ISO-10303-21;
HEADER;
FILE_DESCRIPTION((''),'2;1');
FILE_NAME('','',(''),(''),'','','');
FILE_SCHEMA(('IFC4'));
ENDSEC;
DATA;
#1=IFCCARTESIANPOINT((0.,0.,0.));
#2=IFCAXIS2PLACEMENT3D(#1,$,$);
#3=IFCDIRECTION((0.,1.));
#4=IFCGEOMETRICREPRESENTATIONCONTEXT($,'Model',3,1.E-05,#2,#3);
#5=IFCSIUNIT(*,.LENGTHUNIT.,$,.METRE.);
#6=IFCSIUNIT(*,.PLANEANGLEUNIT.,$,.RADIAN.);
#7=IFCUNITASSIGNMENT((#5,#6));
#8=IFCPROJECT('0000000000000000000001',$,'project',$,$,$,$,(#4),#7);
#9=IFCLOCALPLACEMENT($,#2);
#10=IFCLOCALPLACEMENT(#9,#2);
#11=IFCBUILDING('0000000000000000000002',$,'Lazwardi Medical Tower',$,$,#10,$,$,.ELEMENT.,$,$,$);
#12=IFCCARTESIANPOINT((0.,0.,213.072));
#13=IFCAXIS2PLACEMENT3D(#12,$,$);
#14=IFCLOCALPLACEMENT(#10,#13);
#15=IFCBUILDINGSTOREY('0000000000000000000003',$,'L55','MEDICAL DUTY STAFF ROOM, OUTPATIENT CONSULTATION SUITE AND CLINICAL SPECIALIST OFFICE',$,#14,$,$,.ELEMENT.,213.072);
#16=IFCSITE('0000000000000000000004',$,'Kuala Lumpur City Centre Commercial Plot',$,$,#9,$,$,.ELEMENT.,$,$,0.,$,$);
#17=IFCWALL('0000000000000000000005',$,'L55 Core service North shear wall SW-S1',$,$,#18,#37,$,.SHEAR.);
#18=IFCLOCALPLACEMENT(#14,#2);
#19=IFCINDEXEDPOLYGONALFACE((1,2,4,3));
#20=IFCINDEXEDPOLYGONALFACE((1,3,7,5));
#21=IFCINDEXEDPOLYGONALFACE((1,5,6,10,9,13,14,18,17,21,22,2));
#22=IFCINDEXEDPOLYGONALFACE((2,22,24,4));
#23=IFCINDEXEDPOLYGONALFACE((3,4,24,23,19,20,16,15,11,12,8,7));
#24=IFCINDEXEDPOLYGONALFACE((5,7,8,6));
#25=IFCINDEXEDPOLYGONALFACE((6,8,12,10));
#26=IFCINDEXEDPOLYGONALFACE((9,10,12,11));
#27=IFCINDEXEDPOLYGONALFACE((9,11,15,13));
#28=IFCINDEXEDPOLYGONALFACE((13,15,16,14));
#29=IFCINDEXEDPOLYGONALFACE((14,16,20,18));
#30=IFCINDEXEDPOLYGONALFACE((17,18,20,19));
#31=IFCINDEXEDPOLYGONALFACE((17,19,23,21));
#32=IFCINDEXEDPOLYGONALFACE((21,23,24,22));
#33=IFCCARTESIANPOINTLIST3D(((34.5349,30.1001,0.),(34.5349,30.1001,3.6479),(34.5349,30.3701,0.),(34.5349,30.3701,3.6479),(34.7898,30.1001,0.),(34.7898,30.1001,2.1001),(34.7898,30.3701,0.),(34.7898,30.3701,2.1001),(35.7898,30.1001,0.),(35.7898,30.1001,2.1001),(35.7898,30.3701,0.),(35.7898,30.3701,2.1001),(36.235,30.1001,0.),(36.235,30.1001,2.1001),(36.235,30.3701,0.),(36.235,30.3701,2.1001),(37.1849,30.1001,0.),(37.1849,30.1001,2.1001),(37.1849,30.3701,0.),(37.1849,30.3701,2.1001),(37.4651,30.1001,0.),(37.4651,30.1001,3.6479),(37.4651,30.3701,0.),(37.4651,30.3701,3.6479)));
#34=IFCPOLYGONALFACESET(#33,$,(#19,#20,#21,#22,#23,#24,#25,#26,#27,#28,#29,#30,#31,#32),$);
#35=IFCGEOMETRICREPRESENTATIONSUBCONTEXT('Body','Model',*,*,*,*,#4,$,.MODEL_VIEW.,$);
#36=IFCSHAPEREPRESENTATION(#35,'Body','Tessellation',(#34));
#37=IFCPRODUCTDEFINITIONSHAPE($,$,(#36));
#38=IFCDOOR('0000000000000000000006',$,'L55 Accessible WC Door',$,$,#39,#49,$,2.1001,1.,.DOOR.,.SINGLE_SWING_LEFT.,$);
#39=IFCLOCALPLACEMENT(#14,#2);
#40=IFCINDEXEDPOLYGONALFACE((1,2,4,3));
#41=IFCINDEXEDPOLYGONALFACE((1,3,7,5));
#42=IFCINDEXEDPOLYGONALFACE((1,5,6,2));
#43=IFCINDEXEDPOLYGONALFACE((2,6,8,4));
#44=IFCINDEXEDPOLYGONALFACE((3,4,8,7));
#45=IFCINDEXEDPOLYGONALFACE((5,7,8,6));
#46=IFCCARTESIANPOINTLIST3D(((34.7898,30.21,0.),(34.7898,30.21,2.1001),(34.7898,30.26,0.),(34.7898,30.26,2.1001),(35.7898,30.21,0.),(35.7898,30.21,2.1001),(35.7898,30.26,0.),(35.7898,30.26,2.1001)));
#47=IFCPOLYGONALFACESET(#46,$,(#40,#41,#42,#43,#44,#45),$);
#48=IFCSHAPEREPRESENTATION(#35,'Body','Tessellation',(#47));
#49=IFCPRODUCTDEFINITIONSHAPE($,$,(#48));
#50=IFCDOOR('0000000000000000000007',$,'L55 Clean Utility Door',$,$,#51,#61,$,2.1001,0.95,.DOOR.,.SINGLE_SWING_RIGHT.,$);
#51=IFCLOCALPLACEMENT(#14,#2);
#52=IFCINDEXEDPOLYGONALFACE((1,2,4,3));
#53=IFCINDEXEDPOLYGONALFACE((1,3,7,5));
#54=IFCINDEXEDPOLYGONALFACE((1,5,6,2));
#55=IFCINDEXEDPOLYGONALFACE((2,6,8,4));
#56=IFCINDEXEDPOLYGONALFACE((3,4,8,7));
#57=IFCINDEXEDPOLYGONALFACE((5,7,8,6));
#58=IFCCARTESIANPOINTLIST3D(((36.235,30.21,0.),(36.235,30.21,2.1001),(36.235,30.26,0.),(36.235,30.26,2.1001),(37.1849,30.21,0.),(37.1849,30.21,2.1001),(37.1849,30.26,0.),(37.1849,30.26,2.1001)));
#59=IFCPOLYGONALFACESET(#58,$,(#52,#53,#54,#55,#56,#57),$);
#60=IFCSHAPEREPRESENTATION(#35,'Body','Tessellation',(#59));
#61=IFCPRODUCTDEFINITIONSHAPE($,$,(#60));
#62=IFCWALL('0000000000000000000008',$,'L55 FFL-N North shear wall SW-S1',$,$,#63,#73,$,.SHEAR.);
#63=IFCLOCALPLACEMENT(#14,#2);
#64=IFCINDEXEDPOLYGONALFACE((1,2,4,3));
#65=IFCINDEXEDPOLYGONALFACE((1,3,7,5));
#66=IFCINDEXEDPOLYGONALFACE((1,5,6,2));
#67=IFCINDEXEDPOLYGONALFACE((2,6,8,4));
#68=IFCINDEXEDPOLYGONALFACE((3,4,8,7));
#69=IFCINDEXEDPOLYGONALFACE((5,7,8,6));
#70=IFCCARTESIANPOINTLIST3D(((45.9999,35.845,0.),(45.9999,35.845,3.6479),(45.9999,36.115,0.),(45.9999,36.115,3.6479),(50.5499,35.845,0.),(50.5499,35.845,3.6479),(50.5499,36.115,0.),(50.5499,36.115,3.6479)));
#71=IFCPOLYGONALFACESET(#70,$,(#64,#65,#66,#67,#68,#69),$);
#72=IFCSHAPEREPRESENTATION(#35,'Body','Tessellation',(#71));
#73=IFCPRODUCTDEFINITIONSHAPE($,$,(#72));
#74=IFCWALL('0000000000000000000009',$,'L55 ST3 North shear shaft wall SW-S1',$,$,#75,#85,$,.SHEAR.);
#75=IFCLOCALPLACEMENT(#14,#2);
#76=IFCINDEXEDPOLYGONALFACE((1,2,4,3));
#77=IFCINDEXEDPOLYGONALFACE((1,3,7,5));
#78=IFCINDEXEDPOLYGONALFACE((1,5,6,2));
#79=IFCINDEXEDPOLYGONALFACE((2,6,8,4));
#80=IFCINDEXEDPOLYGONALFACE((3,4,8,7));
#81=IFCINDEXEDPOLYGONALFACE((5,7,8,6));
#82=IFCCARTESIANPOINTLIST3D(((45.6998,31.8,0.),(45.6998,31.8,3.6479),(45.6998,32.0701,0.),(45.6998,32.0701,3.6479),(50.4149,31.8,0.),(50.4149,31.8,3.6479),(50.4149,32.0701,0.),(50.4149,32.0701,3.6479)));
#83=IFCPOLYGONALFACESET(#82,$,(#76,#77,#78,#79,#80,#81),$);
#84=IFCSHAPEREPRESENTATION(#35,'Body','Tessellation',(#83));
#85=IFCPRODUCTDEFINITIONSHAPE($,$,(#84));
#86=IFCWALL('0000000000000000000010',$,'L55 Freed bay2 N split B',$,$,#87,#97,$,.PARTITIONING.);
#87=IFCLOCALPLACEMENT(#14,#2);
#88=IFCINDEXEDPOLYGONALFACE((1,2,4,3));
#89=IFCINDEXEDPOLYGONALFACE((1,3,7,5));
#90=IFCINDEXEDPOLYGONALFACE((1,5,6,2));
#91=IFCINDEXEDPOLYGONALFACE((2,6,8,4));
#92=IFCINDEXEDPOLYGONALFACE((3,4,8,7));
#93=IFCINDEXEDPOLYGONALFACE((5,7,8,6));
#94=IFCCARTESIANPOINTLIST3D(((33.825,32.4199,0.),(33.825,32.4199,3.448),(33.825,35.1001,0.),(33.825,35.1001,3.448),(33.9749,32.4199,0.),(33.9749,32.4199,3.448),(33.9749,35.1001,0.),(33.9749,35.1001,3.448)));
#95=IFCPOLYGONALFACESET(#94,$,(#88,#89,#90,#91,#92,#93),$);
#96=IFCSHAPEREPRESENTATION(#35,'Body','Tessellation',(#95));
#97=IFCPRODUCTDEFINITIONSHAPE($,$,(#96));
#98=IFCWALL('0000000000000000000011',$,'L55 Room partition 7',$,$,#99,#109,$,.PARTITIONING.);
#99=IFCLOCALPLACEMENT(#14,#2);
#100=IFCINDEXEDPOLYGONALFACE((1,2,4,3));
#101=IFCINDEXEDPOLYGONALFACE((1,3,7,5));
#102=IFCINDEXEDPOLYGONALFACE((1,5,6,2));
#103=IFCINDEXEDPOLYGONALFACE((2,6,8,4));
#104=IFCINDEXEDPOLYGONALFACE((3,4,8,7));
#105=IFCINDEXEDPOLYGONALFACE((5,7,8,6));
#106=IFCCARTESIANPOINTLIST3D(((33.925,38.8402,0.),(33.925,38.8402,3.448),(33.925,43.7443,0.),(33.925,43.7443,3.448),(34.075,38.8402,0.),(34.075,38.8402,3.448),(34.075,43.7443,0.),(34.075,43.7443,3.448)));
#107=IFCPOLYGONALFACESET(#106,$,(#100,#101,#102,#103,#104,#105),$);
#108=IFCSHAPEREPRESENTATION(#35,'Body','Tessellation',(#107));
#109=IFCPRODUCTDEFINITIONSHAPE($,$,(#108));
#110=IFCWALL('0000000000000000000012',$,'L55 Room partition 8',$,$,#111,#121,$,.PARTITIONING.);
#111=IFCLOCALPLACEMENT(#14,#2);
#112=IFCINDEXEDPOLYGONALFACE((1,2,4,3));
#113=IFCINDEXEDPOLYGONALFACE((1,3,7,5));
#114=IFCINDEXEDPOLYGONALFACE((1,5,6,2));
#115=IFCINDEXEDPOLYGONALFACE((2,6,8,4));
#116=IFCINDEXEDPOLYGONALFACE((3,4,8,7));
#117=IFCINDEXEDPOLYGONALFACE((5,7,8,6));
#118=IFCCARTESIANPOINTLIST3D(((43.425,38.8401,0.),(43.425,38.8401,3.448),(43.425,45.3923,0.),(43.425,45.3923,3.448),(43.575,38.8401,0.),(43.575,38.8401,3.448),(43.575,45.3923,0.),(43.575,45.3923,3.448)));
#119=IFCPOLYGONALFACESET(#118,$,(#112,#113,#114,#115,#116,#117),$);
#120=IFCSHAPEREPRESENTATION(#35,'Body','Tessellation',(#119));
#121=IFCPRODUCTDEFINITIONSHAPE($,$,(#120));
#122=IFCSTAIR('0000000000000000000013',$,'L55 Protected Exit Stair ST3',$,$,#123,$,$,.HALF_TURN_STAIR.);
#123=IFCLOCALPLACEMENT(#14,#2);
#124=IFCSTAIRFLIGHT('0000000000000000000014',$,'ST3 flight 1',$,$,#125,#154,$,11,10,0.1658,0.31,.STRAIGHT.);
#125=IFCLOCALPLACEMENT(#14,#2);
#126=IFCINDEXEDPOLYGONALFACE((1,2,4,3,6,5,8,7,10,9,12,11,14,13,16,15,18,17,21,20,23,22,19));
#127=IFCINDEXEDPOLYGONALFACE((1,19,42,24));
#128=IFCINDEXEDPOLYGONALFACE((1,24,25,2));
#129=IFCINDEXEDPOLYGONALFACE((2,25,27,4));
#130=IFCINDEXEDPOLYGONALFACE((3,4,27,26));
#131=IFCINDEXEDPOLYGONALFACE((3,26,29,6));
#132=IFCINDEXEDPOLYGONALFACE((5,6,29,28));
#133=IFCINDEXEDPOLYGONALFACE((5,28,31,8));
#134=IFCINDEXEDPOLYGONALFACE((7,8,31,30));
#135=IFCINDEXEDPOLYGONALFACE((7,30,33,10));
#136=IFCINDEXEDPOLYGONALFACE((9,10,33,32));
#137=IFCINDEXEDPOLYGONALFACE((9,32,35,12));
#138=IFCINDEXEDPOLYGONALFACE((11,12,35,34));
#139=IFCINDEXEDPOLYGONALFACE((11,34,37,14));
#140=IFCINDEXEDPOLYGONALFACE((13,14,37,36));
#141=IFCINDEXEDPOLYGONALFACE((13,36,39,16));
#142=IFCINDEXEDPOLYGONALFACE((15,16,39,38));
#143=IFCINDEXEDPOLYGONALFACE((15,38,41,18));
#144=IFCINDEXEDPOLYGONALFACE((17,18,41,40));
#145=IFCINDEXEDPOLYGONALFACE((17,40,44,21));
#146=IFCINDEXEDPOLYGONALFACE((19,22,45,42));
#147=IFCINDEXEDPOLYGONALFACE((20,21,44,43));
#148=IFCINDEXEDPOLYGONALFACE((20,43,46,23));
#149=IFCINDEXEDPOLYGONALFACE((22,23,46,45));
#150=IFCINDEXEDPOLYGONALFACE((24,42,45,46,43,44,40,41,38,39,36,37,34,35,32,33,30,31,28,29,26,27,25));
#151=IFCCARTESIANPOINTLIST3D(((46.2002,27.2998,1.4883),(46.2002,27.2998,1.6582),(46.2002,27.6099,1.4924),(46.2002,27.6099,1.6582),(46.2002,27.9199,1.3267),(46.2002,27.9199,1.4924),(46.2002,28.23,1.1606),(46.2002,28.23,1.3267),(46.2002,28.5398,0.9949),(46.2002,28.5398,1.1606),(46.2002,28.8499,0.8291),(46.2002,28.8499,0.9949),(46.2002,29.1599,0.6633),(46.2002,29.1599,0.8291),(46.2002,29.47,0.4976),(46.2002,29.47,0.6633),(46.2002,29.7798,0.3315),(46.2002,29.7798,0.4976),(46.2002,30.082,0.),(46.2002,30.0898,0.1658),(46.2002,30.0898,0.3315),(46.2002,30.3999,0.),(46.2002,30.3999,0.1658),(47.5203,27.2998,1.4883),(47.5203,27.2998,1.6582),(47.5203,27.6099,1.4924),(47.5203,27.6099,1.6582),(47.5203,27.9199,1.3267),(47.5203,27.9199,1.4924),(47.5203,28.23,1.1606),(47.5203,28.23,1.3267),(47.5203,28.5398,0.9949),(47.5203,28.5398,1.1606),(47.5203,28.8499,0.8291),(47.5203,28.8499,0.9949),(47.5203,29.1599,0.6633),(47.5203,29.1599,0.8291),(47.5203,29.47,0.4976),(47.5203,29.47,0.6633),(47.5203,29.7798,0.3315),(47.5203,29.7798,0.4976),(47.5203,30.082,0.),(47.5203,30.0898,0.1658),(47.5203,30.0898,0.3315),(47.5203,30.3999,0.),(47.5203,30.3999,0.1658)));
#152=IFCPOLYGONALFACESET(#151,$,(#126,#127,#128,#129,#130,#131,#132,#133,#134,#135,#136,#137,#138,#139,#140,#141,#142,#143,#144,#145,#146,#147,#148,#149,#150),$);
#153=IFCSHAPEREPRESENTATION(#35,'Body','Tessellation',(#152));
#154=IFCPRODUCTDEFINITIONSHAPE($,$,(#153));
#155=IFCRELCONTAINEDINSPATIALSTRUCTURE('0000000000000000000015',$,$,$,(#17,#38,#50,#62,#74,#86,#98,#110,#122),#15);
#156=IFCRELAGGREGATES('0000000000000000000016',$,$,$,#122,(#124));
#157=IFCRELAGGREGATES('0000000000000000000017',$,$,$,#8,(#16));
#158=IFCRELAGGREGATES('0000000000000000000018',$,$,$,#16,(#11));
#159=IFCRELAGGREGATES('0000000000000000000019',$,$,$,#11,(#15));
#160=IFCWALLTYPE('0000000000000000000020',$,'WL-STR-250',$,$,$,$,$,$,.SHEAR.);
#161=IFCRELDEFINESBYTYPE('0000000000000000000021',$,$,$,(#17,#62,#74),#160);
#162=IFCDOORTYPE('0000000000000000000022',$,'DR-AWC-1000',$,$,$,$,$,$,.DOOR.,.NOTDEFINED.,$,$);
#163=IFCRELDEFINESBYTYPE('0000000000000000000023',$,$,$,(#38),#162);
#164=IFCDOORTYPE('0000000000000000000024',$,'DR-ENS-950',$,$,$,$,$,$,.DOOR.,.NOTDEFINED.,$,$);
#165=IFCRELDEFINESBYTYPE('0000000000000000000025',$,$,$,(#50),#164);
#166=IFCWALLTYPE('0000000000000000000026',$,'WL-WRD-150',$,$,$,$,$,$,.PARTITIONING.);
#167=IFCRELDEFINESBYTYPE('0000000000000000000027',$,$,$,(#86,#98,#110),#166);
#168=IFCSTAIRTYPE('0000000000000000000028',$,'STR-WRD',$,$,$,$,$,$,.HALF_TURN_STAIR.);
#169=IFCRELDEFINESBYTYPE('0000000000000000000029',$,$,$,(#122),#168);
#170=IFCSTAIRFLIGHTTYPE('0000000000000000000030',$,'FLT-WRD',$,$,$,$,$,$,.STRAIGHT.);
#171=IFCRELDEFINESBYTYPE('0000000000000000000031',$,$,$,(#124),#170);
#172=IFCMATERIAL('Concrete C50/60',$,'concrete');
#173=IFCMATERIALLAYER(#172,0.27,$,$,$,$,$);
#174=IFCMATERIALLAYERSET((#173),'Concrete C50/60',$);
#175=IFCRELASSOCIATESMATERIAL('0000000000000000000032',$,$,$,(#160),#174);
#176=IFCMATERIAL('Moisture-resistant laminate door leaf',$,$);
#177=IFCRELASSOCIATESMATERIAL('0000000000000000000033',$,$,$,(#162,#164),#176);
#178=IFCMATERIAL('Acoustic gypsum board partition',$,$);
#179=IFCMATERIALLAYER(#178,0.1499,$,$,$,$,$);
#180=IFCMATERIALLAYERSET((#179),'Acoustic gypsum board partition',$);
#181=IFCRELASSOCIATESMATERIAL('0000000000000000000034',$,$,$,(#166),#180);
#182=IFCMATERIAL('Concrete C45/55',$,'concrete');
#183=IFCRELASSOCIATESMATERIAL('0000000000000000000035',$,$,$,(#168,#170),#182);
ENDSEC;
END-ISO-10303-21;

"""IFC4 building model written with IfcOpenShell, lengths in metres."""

from ifc_helpers import new_model, si_unit, direction, frame, frame_2d, origin, place, context, subcontext, project, spatial, polyline, rectangle, outline, extrude, material, layer, layer_set, type_object, element, fill, aggregate, save


model = new_model("IFC4")

# Units and contexts
model_context = context("Model", 3, precision=1e-05, world=origin(), true_north=direction((0.0, 1.0)))
body_context = subcontext(model_context, "Body", "Model", "MODEL_VIEW")
ifc_project = project(units=[si_unit("LENGTHUNIT", "METRE"), si_unit("PLANEANGLEUNIT", "RADIAN")], contexts=[model_context])

# Site, building, storey
site_placement = place(None, origin())
site = spatial("IfcSite", under=ifc_project, at=site_placement, Name="Kuala Lumpur City Centre Commercial Plot", CompositionType="ELEMENT", RefElevation=0.0)
building_placement = place(site_placement, origin())
building = spatial("IfcBuilding", under=site, at=building_placement, Name="Lazwardi Medical Tower", CompositionType="ELEMENT")
storey_placement = place(building_placement, frame((0.0, 0.0, 213.072)))
storey = spatial("IfcBuildingStorey", under=building, at=storey_placement, Name="L55", Description="MEDICAL DUTY STAFF ROOM, OUTPATIENT CONSULTATION SUITE AND CLINICAL SPECIALIST OFFICE", CompositionType="ELEMENT", Elevation=213.072)

# Wall, openings, doors
ifc_material_1 = material(Name="Concrete C50/60", Category="concrete")
ifc_layer_1 = layer(ifc_material_1, 0.27)
ifc_layer_set_1 = layer_set([ifc_layer_1], Name="Concrete C50/60")
wall_type_1 = type_object("IfcWallType", Name="WL-STR-250", PredefinedType="SHEAR", material=ifc_layer_set_1)
wall_1_placement = place(storey_placement, frame((34.5349, 30.2351, 0.0), z_axis=(0.0, 0.0, 1.0), x_axis=(1.0, 0.0, 0.0)))
wall_1 = element("IfcWall", 1, at=wall_1_placement, inside=storey, type_object=wall_type_1, Name="L55 Core service North shear wall SW-S1", PredefinedType="SHEAR", context=body_context, shape_type="SweptSolid", body=[
    extrude(rectangle(XDim=2.9302, YDim=0.27, at=frame_2d((1.4651, 0.0))), origin(), (0.0, 0.0, 1.0), 3.6479),
])
opening_1_placement = place(wall_1_placement, frame((0.2549, 0.0, 0.0)))
opening_1 = element("IfcOpeningElement", 2, at=opening_1_placement, cuts=wall_1, PredefinedType="OPENING", context=body_context, shape_type="SweptSolid", body=[
    extrude(rectangle(XDim=1.0, YDim=2.1001, at=frame_2d((0.5, 1.05))), frame((0.0, 0.145, 0.0), z_axis=(0.0, -1.0, 0.0), x_axis=(1.0, 0.0, 0.0)), (0.0, 0.0, 1.0), 0.29),
])
opening_2_placement = place(wall_1_placement, frame((1.7, 0.0, 0.0)))
opening_2 = element("IfcOpeningElement", 3, at=opening_2_placement, cuts=wall_1, PredefinedType="OPENING", context=body_context, shape_type="SweptSolid", body=[
    extrude(rectangle(XDim=0.95, YDim=2.1001, at=frame_2d((0.4751, 1.05))), frame((0.0, 0.145, 0.0), z_axis=(0.0, -1.0, 0.0), x_axis=(1.0, 0.0, 0.0)), (0.0, 0.0, 1.0), 0.29),
])
ifc_material_2 = material(Name="Moisture-resistant laminate door leaf")
door_type_1 = type_object("IfcDoorType", Name="DR-AWC-1000", OperationType="NOTDEFINED", PredefinedType="DOOR", material=ifc_material_2)
door_1_placement = place(opening_1_placement, origin())
door_1 = element("IfcDoor", 4, at=door_1_placement, inside=storey, type_object=door_type_1, Name="L55 Accessible WC Door", OperationType="SINGLE_SWING_LEFT", OverallHeight=2.1001, OverallWidth=1.0, PredefinedType="DOOR", context=body_context, shape_type="SweptSolid", body=[
    extrude(rectangle(XDim=1.0, YDim=2.1001, at=frame_2d((0.5, 1.05))), frame((0.0, 0.0249, 0.0), z_axis=(0.0, -1.0, 0.0), x_axis=(1.0, 0.0, 0.0)), (0.0, 0.0, 1.0), 0.05),
])
fill(opening_1, door_1)
door_type_2 = type_object("IfcDoorType", Name="DR-ENS-950", OperationType="NOTDEFINED", PredefinedType="DOOR", material=ifc_material_2)
door_2_placement = place(opening_2_placement, origin())
door_2 = element("IfcDoor", 5, at=door_2_placement, inside=storey, type_object=door_type_2, Name="L55 Clean Utility Door", OperationType="SINGLE_SWING_RIGHT", OverallHeight=2.1001, OverallWidth=0.95, PredefinedType="DOOR", context=body_context, shape_type="SweptSolid", body=[
    extrude(rectangle(XDim=0.95, YDim=2.1001, at=frame_2d((0.4751, 1.05))), frame((0.0, 0.0249, 0.0), z_axis=(0.0, -1.0, 0.0), x_axis=(1.0, 0.0, 0.0)), (0.0, 0.0, 1.0), 0.05),
])
fill(opening_2, door_2)

# Walls
wall_2_placement = place(storey_placement, frame((46.0, 35.98, 0.0), z_axis=(0.0, 0.0, 1.0), x_axis=(1.0, 0.0, 0.0)))
element("IfcWall", 6, at=wall_2_placement, inside=storey, type_object=wall_type_1, Name="L55 FFL-N North shear wall SW-S1", PredefinedType="SHEAR", context=body_context, shape_type="SweptSolid", body=[
    extrude(rectangle(XDim=4.55, YDim=0.27, at=frame_2d((2.2749, 0.0))), origin(), (0.0, 0.0, 1.0), 3.6479),
])
wall_3_placement = place(storey_placement, frame((45.7, 31.9351, 0.0), z_axis=(0.0, 0.0, 1.0), x_axis=(1.0, 0.0, 0.0)))
element("IfcWall", 7, at=wall_3_placement, inside=storey, type_object=wall_type_1, Name="L55 ST3 North shear shaft wall SW-S1", PredefinedType="SHEAR", context=body_context, shape_type="SweptSolid", body=[
    extrude(rectangle(XDim=4.7151, YDim=0.27, at=frame_2d((2.3574, 0.0))), origin(), (0.0, 0.0, 1.0), 3.6479),
])
ifc_material_3 = material(Name="Acoustic gypsum board partition")
ifc_layer_2 = layer(ifc_material_3, 0.1499)
ifc_layer_set_2 = layer_set([ifc_layer_2], Name="Acoustic gypsum board partition")
wall_type_2 = type_object("IfcWallType", Name="WL-WRD-150", PredefinedType="PARTITIONING", material=ifc_layer_set_2)
wall_4_placement = place(storey_placement, frame((33.8999, 32.4199, 0.0), z_axis=(0.0, 0.0, 1.0), x_axis=(0.0, 1.0, 0.0)))
element("IfcWall", 8, at=wall_4_placement, inside=storey, type_object=wall_type_2, Name="L55 Freed bay2 N split B", PredefinedType="PARTITIONING", context=body_context, shape_type="SweptSolid", body=[
    extrude(rectangle(XDim=2.6802, YDim=0.1499, at=frame_2d((1.3401, 0.0))), origin(), (0.0, 0.0, 1.0), 3.448),
])
wall_5_placement = place(storey_placement, frame((34.0, 38.8401, 0.0), z_axis=(0.0, 0.0, 1.0), x_axis=(0.0, 1.0, 0.0)))
element("IfcWall", 9, at=wall_5_placement, inside=storey, type_object=wall_type_2, Name="L55 Room partition 7", PredefinedType="PARTITIONING", context=body_context, shape_type="SweptSolid", body=[
    extrude(rectangle(XDim=4.9041, YDim=0.1499, at=frame_2d((2.4521, 0.0))), origin(), (0.0, 0.0, 1.0), 3.448),
])
wall_6_placement = place(storey_placement, frame((43.5, 38.8401, 0.0), z_axis=(0.0, 0.0, 1.0), x_axis=(0.0, 1.0, 0.0)))
element("IfcWall", 10, at=wall_6_placement, inside=storey, type_object=wall_type_2, Name="L55 Room partition 8", PredefinedType="PARTITIONING", context=body_context, shape_type="SweptSolid", body=[
    extrude(rectangle(XDim=6.5522, YDim=0.1499, at=frame_2d((3.2761, 0.0))), origin(), (0.0, 0.0, 1.0), 3.448),
])

# Stair, stair flight
ifc_material_4 = material(Name="Concrete C45/55", Category="concrete")
stair_type = type_object("IfcStairType", Name="STR-WRD", PredefinedType="HALF_TURN_STAIR", material=ifc_material_4)
stair_placement = place(storey_placement, origin())
stair = element("IfcStair", 11, at=stair_placement, inside=storey, type_object=stair_type, Name="L55 Protected Exit Stair ST3", PredefinedType="HALF_TURN_STAIR")
stair_flight_type = type_object("IfcStairFlightType", Name="FLT-WRD", PredefinedType="STRAIGHT", material=ifc_material_4)
stair_flight_placement = place(storey_placement, frame((46.8601, 30.3999, 0.0), z_axis=(0.0, 0.0, 1.0), x_axis=(0.0, -1.0, 0.0)))
stair_flight = element("IfcStairFlight", 12, at=stair_flight_placement, type_object=stair_flight_type, Name="ST3 flight 1", NumberOfRisers=11, NumberOfTreads=10, PredefinedType="STRAIGHT", RiserHeight=0.1658, TreadLength=0.31, context=body_context, shape_type="SweptSolid", body=[
    extrude(outline(polyline([(0.0, 0.0), (0.0, 0.1658), (0.3101, 0.1658), (0.3101, 0.3315), (0.6201, 0.3315), (0.6201, 0.4976), (0.9299, 0.4976), (0.9299, 0.6633), (1.24, 0.6633), (1.24, 0.8291), (1.55, 0.8291), (1.55, 0.9949), (1.8601, 0.9949), (1.8601, 1.1606), (2.1699, 1.1606), (2.1699, 1.3267), (2.48, 1.3267), (2.48, 1.4924), (2.79, 1.4924), (2.79, 1.6582), (3.1001, 1.6582), (3.1001, 1.824), (3.1001, 1.4883), (0.3179, 0.0), (0.0, 0.0)])), frame((0.0, 0.6602, 0.0), z_axis=(0.0, -1.0, 0.0), x_axis=(1.0, 0.0, 0.0)), (0.0, 0.0, 1.0), 1.3201),
])
aggregate(stair, [stair_flight])

save(model, "model.ifc")
